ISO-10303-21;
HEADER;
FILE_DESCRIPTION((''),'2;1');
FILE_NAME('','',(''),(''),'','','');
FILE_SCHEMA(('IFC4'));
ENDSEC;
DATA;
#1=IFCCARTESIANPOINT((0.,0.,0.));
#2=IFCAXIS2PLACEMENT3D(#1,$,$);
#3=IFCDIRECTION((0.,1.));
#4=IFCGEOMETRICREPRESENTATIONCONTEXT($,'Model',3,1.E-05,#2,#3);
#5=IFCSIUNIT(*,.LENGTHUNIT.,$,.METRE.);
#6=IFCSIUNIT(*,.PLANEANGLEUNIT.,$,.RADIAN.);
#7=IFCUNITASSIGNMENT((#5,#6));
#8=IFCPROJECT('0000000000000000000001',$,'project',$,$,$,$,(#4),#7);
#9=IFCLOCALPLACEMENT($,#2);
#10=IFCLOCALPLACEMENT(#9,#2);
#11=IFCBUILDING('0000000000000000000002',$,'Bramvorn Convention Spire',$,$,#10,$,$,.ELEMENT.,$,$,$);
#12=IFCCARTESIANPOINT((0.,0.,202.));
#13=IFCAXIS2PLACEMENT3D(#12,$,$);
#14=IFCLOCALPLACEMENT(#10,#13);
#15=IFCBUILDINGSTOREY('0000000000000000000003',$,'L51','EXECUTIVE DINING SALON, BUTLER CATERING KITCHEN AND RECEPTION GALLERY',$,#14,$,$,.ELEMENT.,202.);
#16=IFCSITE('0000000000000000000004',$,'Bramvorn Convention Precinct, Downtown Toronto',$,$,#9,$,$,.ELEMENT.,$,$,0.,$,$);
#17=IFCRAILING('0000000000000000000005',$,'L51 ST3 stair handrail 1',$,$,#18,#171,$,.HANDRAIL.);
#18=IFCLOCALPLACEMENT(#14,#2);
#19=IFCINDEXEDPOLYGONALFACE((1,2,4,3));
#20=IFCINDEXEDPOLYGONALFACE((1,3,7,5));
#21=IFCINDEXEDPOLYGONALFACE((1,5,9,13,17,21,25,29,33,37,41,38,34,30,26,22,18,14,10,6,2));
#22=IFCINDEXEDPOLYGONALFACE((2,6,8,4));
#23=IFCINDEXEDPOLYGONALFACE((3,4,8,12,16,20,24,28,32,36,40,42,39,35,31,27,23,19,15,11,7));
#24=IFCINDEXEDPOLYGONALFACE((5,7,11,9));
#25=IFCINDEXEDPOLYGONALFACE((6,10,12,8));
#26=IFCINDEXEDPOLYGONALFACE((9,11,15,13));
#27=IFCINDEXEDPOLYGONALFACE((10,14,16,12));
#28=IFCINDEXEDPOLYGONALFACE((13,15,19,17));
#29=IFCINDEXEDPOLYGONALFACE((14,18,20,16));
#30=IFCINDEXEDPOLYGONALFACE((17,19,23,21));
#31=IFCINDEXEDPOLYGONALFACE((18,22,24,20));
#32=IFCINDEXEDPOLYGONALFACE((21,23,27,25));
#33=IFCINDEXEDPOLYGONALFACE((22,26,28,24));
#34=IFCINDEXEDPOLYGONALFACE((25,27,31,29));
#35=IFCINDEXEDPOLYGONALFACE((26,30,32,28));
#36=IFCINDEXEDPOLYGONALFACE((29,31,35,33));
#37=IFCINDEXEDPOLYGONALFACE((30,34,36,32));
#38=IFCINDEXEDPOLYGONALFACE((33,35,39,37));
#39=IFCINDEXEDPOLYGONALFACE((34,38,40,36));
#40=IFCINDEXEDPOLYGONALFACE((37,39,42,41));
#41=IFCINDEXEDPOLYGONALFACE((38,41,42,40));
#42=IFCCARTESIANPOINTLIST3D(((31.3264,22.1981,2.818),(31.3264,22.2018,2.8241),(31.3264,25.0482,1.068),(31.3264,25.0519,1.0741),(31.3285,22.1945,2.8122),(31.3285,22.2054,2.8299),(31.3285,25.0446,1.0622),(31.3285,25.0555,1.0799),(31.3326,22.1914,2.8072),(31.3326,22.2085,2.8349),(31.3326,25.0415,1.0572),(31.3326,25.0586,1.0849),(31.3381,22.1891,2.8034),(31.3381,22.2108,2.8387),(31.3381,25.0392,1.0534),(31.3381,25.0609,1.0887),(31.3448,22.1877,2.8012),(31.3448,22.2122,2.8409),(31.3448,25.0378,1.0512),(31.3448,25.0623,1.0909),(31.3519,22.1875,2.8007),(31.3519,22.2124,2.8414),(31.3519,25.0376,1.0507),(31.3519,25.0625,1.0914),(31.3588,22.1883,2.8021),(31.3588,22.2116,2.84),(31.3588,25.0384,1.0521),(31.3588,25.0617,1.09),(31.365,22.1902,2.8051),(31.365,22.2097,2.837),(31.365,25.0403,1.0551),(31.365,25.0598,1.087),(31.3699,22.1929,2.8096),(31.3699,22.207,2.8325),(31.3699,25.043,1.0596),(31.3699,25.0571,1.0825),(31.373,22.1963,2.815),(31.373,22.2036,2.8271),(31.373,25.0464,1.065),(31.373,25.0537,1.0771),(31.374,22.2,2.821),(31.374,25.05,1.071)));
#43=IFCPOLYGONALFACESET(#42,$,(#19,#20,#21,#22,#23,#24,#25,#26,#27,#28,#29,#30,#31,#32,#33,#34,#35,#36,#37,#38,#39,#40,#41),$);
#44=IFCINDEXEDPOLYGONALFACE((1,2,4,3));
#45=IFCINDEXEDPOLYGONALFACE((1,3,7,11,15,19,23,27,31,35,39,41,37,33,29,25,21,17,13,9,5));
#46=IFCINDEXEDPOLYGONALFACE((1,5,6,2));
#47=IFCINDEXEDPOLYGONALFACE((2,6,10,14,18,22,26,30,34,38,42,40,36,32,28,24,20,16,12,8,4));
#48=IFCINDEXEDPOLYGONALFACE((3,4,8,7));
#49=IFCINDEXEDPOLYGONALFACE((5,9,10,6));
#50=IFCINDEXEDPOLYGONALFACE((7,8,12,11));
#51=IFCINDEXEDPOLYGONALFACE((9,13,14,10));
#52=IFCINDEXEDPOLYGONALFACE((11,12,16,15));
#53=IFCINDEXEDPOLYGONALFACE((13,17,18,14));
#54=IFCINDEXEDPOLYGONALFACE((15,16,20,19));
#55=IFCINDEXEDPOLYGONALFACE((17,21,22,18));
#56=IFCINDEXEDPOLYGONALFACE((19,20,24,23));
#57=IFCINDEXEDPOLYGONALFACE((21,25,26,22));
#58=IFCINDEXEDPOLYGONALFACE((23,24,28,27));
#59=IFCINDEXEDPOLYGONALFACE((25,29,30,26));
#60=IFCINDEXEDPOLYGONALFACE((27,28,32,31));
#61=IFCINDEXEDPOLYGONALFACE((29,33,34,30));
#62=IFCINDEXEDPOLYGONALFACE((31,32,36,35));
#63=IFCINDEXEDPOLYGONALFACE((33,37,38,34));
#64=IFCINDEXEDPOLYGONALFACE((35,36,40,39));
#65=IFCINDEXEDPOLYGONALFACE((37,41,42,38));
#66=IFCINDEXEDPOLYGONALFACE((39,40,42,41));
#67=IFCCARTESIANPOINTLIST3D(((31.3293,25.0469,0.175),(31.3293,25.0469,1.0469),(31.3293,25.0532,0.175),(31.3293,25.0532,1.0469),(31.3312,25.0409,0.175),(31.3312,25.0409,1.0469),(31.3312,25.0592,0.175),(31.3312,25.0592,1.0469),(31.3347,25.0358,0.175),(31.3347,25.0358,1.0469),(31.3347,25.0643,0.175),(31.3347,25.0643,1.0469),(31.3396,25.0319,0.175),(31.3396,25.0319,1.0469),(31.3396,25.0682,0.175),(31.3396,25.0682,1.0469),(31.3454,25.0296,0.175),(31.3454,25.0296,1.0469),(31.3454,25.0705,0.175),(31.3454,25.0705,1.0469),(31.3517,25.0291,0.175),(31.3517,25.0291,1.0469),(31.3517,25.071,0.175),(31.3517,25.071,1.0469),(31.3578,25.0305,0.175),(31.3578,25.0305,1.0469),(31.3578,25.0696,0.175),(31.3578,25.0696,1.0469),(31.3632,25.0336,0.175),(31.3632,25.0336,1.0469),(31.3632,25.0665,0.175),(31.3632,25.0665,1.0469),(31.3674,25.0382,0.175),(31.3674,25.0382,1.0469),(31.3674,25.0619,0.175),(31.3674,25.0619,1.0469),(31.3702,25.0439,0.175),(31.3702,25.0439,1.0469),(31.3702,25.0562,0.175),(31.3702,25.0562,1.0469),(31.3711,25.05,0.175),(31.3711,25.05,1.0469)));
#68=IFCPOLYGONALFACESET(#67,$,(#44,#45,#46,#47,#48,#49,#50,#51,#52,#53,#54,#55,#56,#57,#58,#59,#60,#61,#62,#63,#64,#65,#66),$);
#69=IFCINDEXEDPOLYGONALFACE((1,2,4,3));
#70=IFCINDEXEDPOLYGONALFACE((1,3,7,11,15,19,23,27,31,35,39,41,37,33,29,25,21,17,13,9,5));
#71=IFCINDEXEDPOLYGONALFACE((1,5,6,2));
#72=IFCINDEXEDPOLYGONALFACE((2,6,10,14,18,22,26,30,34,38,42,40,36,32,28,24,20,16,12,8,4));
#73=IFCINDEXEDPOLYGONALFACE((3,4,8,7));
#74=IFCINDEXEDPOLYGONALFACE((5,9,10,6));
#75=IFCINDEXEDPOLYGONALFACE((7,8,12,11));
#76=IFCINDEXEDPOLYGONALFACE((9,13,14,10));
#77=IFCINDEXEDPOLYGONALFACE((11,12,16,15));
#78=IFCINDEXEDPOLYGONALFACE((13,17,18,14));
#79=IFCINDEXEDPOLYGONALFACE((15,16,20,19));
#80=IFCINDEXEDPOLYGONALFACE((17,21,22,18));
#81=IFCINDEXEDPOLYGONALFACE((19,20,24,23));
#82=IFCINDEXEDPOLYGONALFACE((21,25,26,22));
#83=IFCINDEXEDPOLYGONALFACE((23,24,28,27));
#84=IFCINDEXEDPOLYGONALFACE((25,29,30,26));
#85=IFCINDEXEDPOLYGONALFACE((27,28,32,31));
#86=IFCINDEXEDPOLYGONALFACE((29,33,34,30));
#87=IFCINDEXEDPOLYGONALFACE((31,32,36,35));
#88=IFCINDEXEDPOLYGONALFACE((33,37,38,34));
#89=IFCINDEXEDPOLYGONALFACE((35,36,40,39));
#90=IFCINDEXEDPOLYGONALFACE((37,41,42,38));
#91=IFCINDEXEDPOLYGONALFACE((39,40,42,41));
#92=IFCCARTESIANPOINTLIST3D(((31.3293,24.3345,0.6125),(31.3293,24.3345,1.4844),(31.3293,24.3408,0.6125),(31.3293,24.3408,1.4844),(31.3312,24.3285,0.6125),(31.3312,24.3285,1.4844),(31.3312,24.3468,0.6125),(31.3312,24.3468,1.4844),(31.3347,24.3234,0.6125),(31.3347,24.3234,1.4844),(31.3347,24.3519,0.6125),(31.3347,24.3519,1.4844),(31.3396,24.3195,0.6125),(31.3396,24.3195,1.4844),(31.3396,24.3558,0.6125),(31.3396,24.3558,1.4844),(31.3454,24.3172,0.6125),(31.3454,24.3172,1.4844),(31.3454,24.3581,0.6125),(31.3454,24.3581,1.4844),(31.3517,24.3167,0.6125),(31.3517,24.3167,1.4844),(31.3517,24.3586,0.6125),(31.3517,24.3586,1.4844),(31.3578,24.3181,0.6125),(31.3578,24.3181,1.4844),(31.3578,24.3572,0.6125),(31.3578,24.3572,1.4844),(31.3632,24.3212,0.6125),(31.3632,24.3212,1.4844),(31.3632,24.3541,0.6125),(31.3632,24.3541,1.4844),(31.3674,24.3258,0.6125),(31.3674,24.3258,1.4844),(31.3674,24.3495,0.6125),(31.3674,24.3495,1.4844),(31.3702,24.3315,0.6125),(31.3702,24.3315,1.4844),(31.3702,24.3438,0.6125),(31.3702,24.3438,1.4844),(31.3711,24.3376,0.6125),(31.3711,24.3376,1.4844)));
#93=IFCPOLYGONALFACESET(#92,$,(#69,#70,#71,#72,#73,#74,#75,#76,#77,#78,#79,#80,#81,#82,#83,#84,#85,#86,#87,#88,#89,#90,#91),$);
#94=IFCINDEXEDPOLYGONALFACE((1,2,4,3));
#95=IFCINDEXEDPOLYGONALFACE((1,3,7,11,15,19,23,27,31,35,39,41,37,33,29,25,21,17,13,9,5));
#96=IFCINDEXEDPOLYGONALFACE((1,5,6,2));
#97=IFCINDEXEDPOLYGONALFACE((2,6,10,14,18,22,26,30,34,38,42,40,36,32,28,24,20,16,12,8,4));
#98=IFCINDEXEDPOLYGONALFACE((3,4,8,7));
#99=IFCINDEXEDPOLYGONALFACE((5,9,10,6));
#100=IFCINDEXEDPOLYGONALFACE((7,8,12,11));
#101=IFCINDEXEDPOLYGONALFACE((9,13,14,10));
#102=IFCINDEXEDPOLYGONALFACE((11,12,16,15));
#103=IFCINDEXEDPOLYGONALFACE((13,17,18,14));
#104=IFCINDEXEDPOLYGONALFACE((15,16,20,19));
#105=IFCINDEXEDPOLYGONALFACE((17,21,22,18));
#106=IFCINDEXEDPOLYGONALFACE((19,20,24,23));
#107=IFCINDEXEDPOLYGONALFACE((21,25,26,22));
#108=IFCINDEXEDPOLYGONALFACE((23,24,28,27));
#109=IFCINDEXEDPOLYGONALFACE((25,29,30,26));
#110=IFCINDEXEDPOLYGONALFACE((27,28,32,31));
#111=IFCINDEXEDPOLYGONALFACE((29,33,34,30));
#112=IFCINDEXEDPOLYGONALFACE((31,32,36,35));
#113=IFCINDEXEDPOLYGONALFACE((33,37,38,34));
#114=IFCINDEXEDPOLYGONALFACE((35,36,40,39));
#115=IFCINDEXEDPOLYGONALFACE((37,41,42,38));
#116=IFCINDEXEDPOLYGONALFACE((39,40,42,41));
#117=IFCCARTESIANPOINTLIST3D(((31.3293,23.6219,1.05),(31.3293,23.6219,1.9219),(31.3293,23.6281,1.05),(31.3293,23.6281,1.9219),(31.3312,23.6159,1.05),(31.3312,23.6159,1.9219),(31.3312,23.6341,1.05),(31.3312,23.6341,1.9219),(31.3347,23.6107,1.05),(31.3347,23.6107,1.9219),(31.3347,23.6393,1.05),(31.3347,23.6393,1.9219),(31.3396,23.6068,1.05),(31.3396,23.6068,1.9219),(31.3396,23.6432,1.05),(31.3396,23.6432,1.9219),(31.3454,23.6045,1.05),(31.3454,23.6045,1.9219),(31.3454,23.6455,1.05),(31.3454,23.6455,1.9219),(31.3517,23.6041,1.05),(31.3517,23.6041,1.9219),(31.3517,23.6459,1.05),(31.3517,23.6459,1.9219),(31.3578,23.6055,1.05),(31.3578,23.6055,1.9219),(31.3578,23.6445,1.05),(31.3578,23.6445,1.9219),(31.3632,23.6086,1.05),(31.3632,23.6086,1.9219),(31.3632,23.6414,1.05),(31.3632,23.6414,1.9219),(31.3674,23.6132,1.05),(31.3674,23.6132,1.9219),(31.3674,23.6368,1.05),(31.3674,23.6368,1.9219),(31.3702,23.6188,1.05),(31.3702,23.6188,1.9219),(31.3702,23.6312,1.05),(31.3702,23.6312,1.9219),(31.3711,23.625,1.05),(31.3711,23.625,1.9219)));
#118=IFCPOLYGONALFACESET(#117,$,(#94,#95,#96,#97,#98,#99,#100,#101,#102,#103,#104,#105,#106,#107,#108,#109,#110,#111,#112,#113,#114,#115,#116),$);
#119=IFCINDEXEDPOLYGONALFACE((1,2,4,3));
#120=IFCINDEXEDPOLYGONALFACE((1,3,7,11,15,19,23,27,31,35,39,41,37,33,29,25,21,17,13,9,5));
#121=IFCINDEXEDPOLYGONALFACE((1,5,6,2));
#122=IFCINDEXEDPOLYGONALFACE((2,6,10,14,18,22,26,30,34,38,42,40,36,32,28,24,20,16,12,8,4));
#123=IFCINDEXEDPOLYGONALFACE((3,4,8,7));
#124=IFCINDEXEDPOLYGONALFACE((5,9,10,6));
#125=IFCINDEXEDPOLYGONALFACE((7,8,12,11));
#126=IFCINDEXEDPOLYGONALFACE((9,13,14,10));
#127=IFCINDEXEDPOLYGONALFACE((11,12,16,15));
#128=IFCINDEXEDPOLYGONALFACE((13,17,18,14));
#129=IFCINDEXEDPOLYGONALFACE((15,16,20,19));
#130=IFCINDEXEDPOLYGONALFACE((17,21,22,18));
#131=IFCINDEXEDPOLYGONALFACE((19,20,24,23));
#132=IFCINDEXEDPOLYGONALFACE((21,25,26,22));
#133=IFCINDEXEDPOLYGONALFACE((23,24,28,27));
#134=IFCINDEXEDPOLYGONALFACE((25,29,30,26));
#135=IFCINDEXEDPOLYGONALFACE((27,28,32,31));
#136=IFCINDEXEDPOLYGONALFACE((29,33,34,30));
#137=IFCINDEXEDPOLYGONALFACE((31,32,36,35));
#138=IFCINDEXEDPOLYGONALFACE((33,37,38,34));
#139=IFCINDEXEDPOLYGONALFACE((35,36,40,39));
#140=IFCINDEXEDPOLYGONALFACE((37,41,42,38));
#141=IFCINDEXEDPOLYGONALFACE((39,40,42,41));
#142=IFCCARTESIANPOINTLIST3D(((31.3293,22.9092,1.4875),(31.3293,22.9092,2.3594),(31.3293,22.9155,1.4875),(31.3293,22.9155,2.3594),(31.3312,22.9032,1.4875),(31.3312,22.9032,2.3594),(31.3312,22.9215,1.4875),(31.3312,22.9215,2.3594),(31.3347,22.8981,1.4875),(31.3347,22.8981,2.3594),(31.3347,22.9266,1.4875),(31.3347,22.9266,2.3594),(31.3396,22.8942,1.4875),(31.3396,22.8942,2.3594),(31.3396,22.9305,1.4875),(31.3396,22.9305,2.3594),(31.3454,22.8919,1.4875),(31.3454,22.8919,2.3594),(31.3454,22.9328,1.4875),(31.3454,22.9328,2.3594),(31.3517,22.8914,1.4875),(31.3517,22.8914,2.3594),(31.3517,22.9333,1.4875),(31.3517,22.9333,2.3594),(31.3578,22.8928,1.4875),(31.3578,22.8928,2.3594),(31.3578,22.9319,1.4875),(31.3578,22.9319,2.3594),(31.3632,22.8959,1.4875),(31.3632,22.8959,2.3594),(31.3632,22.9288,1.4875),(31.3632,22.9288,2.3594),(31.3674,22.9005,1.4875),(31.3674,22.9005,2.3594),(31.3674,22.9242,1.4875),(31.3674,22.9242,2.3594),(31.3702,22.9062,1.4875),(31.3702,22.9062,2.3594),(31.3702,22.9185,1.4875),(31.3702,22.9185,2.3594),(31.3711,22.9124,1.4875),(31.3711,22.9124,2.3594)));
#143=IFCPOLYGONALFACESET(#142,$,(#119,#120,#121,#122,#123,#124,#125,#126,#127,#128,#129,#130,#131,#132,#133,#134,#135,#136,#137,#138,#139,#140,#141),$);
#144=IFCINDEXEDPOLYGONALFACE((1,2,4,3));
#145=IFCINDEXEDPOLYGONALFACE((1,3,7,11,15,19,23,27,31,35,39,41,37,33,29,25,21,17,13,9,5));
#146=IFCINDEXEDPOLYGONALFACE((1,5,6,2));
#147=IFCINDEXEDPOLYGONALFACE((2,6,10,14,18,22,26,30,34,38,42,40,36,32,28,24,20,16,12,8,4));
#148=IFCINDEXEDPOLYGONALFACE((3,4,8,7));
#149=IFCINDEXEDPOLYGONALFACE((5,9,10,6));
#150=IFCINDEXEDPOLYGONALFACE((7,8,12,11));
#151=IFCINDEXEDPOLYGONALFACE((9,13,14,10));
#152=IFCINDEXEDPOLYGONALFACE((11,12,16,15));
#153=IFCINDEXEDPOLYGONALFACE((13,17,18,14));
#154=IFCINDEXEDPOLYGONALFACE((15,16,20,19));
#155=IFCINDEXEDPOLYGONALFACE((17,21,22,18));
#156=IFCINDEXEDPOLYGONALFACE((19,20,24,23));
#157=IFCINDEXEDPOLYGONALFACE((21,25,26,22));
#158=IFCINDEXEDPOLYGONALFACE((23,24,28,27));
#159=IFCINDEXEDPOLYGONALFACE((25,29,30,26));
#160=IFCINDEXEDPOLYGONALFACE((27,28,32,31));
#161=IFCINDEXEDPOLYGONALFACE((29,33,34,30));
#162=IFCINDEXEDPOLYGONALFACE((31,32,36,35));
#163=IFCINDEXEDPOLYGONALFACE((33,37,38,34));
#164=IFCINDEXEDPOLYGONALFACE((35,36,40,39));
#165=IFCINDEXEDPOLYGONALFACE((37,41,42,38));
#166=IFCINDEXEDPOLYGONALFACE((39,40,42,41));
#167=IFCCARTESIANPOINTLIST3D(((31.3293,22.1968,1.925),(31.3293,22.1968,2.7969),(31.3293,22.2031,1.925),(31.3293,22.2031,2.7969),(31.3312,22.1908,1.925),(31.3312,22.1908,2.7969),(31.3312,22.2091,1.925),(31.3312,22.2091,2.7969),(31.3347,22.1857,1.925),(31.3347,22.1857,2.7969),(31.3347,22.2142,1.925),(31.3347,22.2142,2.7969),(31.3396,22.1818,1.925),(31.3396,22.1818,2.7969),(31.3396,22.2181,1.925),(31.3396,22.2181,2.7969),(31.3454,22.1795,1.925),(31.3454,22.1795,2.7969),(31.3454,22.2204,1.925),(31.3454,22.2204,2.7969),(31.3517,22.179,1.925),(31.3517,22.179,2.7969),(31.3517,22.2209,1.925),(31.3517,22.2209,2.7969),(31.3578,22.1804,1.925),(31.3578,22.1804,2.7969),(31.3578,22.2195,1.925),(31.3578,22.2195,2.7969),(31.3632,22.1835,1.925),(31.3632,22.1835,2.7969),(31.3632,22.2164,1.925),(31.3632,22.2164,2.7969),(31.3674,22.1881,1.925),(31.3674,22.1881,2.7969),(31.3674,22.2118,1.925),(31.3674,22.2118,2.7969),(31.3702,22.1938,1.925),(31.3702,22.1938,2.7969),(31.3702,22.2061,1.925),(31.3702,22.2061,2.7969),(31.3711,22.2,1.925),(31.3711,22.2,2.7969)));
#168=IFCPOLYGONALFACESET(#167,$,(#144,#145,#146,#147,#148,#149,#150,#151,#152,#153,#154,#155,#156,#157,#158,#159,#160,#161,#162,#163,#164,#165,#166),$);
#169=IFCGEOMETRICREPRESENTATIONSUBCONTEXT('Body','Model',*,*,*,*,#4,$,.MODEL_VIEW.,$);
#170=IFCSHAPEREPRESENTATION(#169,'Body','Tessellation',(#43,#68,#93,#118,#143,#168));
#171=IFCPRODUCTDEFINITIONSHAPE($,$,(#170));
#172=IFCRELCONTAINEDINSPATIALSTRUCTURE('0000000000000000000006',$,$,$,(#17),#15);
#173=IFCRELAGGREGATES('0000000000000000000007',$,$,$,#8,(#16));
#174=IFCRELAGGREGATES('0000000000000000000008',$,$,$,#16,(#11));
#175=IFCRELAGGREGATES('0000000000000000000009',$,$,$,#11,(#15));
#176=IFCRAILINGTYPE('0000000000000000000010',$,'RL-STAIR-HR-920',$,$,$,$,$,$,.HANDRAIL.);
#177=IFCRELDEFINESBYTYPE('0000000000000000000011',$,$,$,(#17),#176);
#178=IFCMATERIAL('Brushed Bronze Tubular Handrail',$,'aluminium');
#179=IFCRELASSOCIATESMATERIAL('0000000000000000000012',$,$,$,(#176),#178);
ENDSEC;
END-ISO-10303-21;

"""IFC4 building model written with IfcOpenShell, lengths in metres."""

from ifc_helpers import new_model, si_unit, direction, frame, origin, origin_2d, place, context, subcontext, project, spatial, circle, extrude, material, type_object, element, save


model = new_model("IFC4")

# Units and contexts
model_context = context("Model", 3, precision=1e-05, world=origin(), true_north=direction((0.0, 1.0)))
body_context = subcontext(model_context, "Body", "Model", "MODEL_VIEW")
ifc_project = project(units=[si_unit("LENGTHUNIT", "METRE"), si_unit("PLANEANGLEUNIT", "RADIAN")], contexts=[model_context])

# Site, building, storey
site_placement = place(None, origin())
site = spatial("IfcSite", under=ifc_project, at=site_placement, Name="Bramvorn Convention Precinct, Downtown Toronto", CompositionType="ELEMENT", RefElevation=0.0)
building_placement = place(site_placement, origin())
building = spatial("IfcBuilding", under=site, at=building_placement, Name="Bramvorn Convention Spire", CompositionType="ELEMENT")
storey_placement = place(building_placement, frame((0.0, 0.0, 202.0)))
storey = spatial("IfcBuildingStorey", under=building, at=storey_placement, Name="L51", Description="EXECUTIVE DINING SALON, BUTLER CATERING KITCHEN AND RECEPTION GALLERY", CompositionType="ELEMENT", Elevation=202.0)

# Railing
ifc_material_1 = material(Name="Brushed Bronze Tubular Handrail", Category="aluminium")
railing_type_1 = type_object("IfcRailingType", Name="RL-STAIR-HR-920", PredefinedType="HANDRAIL", material=ifc_material_1)
railing_1_placement = place(storey_placement, frame((31.3501, 25.05, 0.175)))
element("IfcRailing", 1, at=railing_1_placement, inside=storey, type_object=railing_type_1, Name="L51 ST3 stair handrail 1", PredefinedType="HANDRAIL", context=body_context, shape_type="SweptSolid", body=[
    extrude(circle(Radius=0.0239, at=origin_2d()), frame((0.0, 0.0, 0.896), z_axis=(0.0, -0.852179, 0.52325), x_axis=(1.0, 0.0, 0.0)), (0.0, 0.0, 1.0), 3.3445),
    extrude(circle(Radius=0.021, at=origin_2d()), origin(), (0.0, 0.0, 1.0), 0.8718),
    extrude(circle(Radius=0.021, at=origin_2d()), frame((0.0, -0.7124, 0.4375)), (0.0, 0.0, 1.0), 0.8718),
    extrude(circle(Radius=0.021, at=origin_2d()), frame((0.0, -1.425, 0.875)), (0.0, 0.0, 1.0), 0.8718),
    extrude(circle(Radius=0.021, at=origin_2d()), frame((0.0, -2.1377, 1.3125)), (0.0, 0.0, 1.0), 0.8718),
    extrude(circle(Radius=0.021, at=origin_2d()), frame((0.0, -2.8501, 1.75)), (0.0, 0.0, 1.0), 0.8718),
])

save(model, "model.ifc")
